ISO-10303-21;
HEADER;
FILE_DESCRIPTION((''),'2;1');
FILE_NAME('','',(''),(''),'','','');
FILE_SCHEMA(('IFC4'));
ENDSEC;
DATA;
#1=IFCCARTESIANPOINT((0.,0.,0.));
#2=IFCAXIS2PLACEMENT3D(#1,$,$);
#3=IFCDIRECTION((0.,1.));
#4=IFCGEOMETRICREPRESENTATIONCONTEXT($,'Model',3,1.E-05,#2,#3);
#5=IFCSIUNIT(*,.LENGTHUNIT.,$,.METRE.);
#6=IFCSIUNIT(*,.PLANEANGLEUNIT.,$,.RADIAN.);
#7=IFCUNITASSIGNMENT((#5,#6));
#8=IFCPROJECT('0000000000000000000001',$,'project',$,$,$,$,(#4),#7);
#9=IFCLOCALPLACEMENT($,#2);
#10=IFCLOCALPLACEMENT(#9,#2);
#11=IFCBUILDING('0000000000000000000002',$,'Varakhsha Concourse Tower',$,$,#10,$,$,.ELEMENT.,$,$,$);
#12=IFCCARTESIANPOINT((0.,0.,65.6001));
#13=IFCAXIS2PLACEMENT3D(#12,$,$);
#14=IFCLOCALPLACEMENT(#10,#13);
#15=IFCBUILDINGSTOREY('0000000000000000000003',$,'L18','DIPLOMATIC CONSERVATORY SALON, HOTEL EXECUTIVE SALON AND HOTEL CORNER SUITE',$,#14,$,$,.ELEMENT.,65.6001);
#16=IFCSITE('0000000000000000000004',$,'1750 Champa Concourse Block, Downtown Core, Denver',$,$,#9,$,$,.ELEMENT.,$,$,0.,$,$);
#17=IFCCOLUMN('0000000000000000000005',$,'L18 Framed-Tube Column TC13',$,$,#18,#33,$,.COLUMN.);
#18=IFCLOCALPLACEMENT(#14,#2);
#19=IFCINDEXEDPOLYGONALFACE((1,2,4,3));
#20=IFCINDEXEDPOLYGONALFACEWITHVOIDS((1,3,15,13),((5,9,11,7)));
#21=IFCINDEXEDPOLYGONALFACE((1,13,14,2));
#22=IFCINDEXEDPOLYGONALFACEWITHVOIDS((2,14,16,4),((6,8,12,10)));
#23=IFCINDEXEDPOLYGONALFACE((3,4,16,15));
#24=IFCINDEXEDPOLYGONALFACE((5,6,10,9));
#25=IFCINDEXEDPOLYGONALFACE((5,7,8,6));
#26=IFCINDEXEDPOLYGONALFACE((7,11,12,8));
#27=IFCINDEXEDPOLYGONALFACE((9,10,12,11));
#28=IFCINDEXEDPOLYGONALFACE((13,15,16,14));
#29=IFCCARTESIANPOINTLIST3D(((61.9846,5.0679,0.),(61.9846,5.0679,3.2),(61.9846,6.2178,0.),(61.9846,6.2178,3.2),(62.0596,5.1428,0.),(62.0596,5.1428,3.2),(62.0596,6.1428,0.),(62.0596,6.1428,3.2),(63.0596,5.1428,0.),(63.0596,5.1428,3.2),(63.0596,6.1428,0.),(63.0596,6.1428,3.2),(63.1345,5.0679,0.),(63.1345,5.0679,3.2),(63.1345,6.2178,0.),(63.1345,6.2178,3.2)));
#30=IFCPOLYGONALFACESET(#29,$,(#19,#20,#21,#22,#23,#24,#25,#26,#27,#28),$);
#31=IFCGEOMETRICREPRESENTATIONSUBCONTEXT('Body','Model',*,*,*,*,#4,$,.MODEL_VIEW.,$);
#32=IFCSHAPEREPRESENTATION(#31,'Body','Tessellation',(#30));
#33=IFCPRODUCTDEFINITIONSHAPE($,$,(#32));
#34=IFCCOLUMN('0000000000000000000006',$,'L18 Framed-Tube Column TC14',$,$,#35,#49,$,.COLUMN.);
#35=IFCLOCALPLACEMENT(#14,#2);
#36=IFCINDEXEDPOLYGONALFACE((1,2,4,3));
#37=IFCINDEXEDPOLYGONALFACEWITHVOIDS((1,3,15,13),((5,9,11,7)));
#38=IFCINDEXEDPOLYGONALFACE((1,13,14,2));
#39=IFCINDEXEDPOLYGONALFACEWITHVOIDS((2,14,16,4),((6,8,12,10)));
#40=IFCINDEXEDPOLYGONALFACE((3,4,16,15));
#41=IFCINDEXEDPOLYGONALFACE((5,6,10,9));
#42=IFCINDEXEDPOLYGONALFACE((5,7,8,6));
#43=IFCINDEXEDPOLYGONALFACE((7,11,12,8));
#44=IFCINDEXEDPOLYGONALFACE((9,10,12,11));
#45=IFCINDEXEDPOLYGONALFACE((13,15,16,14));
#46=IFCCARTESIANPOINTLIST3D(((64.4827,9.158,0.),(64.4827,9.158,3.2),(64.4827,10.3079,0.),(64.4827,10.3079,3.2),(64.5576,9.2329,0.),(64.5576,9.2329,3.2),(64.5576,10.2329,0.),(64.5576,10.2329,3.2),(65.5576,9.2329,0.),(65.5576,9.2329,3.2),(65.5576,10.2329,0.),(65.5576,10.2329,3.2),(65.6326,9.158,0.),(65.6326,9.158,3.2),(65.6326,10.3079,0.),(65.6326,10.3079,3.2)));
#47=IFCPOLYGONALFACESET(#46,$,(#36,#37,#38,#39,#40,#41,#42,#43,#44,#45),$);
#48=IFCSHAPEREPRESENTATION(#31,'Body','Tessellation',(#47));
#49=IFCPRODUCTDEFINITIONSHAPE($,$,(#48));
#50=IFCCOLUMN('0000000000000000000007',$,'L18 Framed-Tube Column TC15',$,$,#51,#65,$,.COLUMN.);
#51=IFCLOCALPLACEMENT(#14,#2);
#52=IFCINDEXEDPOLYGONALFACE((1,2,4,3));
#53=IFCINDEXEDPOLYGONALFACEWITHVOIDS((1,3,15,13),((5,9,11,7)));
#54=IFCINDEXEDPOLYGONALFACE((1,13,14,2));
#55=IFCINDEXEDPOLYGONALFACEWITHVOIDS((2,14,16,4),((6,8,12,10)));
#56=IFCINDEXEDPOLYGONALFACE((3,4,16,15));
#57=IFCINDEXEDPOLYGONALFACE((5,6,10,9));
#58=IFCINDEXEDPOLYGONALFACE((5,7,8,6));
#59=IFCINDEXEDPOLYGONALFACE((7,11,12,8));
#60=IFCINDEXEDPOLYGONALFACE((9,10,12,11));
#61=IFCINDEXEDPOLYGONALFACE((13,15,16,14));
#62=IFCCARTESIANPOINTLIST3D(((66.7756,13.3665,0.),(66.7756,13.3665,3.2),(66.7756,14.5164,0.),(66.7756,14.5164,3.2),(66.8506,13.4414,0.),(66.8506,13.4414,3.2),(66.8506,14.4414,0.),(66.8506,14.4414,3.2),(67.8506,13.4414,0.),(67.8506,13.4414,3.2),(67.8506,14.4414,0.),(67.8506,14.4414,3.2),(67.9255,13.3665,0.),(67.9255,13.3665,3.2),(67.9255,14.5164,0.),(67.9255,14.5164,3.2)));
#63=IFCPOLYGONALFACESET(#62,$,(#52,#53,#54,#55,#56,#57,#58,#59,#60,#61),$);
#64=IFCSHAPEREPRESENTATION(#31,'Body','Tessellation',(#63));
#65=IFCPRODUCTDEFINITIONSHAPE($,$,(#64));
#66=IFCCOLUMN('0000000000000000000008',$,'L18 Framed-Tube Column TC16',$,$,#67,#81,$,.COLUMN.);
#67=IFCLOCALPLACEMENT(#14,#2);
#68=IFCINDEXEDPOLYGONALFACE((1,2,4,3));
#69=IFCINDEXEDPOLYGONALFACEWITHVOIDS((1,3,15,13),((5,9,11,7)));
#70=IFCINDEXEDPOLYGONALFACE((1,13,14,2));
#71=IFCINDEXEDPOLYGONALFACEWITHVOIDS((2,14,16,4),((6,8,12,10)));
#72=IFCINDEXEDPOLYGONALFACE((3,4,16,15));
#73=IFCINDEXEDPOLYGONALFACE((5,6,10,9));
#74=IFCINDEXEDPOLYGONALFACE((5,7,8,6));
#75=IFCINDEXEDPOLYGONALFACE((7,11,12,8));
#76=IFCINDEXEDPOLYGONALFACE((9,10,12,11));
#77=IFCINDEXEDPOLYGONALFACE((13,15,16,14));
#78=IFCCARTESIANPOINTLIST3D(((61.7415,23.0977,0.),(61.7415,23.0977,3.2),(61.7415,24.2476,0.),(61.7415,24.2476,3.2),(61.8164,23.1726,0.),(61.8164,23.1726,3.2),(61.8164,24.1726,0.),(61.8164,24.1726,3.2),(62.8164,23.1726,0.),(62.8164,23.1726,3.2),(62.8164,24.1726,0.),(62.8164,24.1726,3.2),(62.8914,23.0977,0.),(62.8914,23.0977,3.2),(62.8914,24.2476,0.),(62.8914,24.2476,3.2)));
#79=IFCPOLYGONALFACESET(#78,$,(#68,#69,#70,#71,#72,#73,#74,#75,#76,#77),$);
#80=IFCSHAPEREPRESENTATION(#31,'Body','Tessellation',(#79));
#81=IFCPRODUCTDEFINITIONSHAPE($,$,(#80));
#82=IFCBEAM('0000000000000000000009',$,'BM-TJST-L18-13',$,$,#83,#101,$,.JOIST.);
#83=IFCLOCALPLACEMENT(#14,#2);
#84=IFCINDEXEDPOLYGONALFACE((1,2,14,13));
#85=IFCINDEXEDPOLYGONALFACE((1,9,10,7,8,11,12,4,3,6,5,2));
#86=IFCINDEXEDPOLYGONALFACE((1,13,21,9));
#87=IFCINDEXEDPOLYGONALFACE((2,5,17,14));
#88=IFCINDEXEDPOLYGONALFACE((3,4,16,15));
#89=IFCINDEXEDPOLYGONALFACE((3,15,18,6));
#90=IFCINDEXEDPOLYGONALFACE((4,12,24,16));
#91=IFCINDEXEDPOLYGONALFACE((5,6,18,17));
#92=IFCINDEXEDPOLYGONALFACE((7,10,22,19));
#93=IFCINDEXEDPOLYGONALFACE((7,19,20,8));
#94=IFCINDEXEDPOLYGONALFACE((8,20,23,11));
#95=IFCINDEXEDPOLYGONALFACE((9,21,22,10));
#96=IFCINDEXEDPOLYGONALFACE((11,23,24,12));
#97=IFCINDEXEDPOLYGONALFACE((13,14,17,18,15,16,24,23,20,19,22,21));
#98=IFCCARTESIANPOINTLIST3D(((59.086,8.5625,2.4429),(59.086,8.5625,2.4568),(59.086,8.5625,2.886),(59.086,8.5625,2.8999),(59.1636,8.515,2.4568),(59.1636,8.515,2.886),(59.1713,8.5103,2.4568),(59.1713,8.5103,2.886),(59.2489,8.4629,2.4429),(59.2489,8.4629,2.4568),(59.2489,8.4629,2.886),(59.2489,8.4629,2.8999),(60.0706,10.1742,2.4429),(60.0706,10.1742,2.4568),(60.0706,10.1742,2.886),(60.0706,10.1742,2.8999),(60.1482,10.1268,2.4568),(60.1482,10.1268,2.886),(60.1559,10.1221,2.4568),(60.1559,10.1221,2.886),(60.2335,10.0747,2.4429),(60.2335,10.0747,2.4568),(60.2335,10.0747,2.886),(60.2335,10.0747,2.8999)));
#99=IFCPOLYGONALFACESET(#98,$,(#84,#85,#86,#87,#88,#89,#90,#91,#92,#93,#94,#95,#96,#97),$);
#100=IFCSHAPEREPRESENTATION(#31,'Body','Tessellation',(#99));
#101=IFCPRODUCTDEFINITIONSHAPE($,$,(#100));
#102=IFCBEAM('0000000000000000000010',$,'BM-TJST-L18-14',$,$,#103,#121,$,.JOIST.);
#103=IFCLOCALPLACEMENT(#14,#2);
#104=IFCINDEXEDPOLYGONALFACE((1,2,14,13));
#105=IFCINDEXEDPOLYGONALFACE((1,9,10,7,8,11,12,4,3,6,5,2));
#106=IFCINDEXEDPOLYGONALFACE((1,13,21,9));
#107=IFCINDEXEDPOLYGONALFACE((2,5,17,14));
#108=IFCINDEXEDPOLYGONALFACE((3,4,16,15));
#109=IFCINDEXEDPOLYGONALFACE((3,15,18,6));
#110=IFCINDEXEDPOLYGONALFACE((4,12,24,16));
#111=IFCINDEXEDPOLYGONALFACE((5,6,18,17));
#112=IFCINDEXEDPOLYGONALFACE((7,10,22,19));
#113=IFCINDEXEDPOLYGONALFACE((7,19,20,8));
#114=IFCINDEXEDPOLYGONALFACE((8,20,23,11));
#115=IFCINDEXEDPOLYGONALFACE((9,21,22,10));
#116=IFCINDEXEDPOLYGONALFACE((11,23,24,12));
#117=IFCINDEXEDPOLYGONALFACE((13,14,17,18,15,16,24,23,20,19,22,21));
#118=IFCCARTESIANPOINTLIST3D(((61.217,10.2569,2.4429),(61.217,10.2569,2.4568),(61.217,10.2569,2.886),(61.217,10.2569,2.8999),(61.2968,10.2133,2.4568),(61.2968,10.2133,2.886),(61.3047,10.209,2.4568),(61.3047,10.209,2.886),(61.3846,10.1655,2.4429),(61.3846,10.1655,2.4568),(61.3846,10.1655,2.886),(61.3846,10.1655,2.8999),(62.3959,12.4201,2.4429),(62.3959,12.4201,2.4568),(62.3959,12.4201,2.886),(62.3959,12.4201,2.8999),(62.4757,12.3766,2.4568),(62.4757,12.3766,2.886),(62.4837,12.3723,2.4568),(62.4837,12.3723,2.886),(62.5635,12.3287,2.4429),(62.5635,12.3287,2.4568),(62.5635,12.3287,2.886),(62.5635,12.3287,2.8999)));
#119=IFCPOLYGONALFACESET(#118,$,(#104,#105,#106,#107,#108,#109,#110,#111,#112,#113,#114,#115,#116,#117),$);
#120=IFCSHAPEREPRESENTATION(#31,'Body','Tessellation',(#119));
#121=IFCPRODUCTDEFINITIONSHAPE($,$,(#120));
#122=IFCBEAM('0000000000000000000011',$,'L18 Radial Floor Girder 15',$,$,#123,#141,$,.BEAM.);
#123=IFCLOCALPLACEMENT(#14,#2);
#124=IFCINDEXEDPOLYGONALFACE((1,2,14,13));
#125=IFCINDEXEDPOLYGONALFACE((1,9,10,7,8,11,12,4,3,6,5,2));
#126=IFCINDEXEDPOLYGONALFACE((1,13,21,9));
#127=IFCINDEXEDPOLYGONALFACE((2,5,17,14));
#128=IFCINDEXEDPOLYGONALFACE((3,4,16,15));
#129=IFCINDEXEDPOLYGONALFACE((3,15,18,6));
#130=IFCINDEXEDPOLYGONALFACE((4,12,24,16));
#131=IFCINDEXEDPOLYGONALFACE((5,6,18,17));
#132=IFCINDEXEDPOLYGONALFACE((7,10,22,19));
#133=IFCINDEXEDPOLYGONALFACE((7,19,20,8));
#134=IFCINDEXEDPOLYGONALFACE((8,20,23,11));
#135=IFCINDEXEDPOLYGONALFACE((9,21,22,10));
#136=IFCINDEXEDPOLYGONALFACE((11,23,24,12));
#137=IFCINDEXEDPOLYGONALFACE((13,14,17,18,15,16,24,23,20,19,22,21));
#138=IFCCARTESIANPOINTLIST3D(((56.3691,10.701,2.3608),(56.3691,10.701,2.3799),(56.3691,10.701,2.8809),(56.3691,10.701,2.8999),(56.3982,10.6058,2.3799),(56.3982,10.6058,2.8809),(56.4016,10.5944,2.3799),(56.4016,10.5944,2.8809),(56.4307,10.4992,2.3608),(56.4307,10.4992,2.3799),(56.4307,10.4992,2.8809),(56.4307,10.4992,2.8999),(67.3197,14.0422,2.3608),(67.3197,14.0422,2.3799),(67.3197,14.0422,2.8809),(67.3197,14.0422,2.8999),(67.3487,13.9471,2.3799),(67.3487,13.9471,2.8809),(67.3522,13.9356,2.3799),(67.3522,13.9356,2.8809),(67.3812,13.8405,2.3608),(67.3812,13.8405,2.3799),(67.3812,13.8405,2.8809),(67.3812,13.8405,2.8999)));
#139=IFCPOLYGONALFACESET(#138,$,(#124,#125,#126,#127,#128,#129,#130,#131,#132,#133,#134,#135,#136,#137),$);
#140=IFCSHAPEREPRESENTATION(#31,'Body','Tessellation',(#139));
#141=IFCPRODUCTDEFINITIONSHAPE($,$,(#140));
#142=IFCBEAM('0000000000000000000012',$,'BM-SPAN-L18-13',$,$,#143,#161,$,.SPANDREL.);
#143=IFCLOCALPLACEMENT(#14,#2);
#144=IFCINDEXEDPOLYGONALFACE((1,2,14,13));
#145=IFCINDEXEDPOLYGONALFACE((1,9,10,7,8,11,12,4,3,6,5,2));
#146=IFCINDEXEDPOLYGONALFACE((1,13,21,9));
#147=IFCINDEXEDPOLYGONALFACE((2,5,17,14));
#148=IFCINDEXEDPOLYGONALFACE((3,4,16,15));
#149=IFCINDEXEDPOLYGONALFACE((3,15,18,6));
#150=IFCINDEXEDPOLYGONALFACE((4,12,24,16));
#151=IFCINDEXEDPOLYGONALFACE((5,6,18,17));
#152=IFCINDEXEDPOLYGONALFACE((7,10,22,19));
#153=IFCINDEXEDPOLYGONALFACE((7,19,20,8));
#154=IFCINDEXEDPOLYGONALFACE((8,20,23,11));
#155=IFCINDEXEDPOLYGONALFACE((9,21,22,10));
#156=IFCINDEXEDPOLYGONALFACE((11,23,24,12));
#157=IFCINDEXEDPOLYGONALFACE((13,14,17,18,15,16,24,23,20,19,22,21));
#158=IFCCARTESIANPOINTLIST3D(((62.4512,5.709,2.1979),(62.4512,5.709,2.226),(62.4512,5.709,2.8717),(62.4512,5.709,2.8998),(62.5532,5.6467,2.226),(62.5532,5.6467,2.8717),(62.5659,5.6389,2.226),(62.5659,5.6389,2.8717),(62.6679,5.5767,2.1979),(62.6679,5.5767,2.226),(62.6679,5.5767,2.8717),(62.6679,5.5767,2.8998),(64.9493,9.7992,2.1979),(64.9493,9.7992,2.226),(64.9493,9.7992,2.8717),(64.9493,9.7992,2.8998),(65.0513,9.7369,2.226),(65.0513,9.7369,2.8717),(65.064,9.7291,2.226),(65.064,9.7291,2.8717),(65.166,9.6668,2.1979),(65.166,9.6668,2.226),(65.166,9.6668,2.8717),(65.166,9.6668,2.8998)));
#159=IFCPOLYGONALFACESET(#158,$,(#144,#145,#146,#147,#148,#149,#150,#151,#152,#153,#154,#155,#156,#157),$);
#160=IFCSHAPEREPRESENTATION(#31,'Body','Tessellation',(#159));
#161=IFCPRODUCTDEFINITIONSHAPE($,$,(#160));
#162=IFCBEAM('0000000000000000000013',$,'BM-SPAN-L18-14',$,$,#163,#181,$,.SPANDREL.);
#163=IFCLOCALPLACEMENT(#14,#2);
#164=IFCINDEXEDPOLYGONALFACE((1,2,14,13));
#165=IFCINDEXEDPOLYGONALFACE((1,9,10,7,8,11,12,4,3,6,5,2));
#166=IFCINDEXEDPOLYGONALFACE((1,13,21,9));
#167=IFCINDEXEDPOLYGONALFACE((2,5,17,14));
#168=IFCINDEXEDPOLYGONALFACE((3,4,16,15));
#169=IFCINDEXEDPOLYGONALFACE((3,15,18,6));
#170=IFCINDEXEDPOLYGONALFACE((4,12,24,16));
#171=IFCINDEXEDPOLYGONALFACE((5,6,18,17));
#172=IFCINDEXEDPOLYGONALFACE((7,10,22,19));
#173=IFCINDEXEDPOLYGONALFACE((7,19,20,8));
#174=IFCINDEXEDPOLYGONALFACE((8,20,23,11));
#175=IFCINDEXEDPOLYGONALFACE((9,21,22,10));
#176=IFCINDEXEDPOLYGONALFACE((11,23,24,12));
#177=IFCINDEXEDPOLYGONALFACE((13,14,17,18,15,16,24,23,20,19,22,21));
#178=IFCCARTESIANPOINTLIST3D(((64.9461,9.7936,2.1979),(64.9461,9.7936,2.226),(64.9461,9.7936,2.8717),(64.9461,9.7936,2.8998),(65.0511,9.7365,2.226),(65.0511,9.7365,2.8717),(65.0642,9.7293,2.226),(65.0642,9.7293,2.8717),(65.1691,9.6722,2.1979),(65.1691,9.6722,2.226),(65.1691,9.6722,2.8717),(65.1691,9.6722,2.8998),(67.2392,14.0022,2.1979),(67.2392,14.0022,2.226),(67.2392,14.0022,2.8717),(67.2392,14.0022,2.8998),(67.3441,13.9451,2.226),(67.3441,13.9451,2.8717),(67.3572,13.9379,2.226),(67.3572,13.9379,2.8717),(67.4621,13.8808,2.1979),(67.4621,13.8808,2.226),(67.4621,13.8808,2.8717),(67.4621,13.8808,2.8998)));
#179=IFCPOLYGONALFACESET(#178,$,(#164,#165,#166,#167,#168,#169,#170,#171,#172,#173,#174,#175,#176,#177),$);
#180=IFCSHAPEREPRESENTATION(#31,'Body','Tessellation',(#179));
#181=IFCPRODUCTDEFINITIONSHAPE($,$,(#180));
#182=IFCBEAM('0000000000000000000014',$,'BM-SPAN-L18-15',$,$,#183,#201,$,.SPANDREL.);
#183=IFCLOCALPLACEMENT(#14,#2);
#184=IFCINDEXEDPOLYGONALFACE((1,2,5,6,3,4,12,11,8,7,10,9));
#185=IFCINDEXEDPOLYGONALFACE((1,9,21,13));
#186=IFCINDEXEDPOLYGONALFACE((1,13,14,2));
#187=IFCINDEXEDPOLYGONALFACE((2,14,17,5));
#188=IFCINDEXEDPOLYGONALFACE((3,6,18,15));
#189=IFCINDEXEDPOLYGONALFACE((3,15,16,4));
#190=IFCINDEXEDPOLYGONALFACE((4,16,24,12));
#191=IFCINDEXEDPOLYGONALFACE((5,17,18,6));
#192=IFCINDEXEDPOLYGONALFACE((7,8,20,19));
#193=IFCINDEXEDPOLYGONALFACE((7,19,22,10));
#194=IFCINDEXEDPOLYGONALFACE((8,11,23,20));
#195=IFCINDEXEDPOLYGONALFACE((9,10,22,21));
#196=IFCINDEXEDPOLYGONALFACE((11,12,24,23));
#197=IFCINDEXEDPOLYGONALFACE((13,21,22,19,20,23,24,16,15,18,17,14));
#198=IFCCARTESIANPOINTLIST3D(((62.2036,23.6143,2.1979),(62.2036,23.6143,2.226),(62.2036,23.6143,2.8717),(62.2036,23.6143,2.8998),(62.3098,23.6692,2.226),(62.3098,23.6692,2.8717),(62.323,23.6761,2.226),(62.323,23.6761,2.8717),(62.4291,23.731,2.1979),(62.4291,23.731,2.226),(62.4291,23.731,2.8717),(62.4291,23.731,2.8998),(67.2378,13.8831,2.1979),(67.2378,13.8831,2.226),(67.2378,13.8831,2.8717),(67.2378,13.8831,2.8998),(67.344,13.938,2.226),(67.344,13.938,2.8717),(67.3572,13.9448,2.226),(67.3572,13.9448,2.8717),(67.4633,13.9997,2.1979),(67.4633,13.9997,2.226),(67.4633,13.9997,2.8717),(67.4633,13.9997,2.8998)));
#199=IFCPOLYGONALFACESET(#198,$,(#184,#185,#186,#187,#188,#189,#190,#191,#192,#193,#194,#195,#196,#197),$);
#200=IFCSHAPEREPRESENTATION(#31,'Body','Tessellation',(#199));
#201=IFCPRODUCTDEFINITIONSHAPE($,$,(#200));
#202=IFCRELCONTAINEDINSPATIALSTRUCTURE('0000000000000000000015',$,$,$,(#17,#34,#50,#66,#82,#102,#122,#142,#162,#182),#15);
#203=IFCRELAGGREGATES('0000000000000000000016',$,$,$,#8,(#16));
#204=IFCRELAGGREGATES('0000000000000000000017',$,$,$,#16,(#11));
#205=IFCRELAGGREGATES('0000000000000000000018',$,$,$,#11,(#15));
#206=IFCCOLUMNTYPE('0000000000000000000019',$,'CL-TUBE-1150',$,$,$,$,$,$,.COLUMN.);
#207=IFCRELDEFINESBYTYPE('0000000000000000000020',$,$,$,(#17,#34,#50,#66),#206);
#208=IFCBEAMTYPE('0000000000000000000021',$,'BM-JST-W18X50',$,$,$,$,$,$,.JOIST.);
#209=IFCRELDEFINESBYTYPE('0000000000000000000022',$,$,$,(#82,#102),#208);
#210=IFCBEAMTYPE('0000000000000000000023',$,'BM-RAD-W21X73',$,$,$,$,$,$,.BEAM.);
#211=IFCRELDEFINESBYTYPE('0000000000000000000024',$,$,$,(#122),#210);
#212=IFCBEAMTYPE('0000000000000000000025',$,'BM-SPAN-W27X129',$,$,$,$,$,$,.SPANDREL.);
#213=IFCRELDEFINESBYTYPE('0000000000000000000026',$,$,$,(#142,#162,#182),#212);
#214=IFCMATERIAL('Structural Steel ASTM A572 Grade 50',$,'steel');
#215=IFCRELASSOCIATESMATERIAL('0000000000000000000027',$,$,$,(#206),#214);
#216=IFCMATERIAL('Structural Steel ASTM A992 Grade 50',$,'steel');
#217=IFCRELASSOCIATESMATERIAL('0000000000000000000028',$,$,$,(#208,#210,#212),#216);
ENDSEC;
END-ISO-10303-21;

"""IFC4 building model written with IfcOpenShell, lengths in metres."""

from ifc_helpers import new_model, si_unit, direction, frame, origin, origin_2d, place, context, subcontext, project, spatial, hollow_rectangle, i_section, extrude, material, material_profile, profile_set, type_object, element, save


model = new_model("IFC4")

# Units and contexts
model_context = context("Model", 3, precision=1e-05, world=origin(), true_north=direction((0.0, 1.0)))
body_context = subcontext(model_context, "Body", "Model", "MODEL_VIEW")
ifc_project = project(units=[si_unit("LENGTHUNIT", "METRE"), si_unit("PLANEANGLEUNIT", "RADIAN")], contexts=[model_context])

# Site, building, storey
site_placement = place(None, origin())
site = spatial("IfcSite", under=ifc_project, at=site_placement, Name="1750 Champa Concourse Block, Downtown Core, Denver", CompositionType="ELEMENT", RefElevation=0.0)
building_placement = place(site_placement, origin())
building = spatial("IfcBuilding", under=site, at=building_placement, Name="Varakhsha Concourse Tower", CompositionType="ELEMENT")
storey_placement = place(building_placement, frame((0.0, 0.0, 65.6001)))
storey = spatial("IfcBuildingStorey", under=building, at=storey_placement, Name="L18", Description="DIPLOMATIC CONSERVATORY SALON, HOTEL EXECUTIVE SALON AND HOTEL CORNER SUITE", CompositionType="ELEMENT", Elevation=65.6001)

# Columns
ifc_material_1 = material(Name="Structural Steel ASTM A572 Grade 50", Category="steel")
ifc_material_profile_1 = material_profile(ifc_material_1, hollow_rectangle(XDim=1.1499, YDim=1.1499, WallThickness=0.075, at=origin_2d()), Name="BOX 1150x1150x75")
ifc_profile_set_1 = profile_set([ifc_material_profile_1], Name="Structural Steel ASTM A572 Grade 50")
column_type = type_object("IfcColumnType", Name="CL-TUBE-1150", PredefinedType="COLUMN", material=ifc_profile_set_1)
for number, where, z_axis, x_axis, name in (
    (1, (62.5596, 5.6428, 0.0), (0.0, 0.0, 1.0), (1.0, 0.0, 0.0), "L18 Framed-Tube Column TC13"),
    (2, (65.0576, 9.7329, 0.0), (0.0, 0.0, 1.0), (1.0, 0.0, 0.0), "L18 Framed-Tube Column TC14"),
    (3, (67.3506, 13.9414, 0.0), (0.0, 0.0, 1.0), (1.0, 0.0, 0.0), "L18 Framed-Tube Column TC15"),
    (4, (62.3164, 23.6726, 0.0), (0.0, 0.0, 1.0), (1.0, 0.0, 0.0), "L18 Framed-Tube Column TC16"),
):
    element("IfcColumn", number, at=place(storey_placement, frame(where, z_axis=z_axis, x_axis=x_axis)), inside=storey, type_object=column_type, Name=name, PredefinedType="COLUMN", context=body_context, shape_type="SweptSolid", body=[
        extrude(hollow_rectangle(XDim=1.1499, YDim=1.1499, WallThickness=0.075, at=origin_2d()), origin(), (0.0, 0.0, 1.0), 3.2),
    ])

# Beams
ifc_material_2 = material(Name="Structural Steel ASTM A992 Grade 50", Category="steel")
ifc_material_profile_2 = material_profile(ifc_material_2, i_section(OverallWidth=0.1909, OverallDepth=0.457, WebThickness=0.009, FlangeThickness=0.0139, at=origin_2d()), Name="W18X50")
ifc_profile_set_2 = profile_set([ifc_material_profile_2], Name="Structural Steel ASTM A992 Grade 50")
beam_type_1 = type_object("IfcBeamType", Name="BM-JST-W18X50", PredefinedType="JOIST", material=ifc_profile_set_2)
beam_1_placement = place(storey_placement, frame((59.1675, 8.5127, 2.6714), z_axis=(0.521304, 0.853371, 0.0), x_axis=(-0.853371, 0.521304, 0.0)))
element("IfcBeam", 5, at=beam_1_placement, inside=storey, type_object=beam_type_1, Name="BM-TJST-L18-13", PredefinedType="JOIST", context=body_context, shape_type="SweptSolid", body=[
    extrude(i_section(OverallWidth=0.1909, OverallDepth=0.457, WebThickness=0.009, FlangeThickness=0.0139, at=origin_2d()), origin(), (0.0, 0.0, 1.0), 1.8887),
])
beam_2_placement = place(storey_placement, frame((61.3008, 10.2112, 2.6714), z_axis=(0.478526, 0.878074, 0.0), x_axis=(-0.878074, 0.478526, 0.0)))
element("IfcBeam", 6, at=beam_2_placement, inside=storey, type_object=beam_type_1, Name="BM-TJST-L18-14", PredefinedType="JOIST", context=body_context, shape_type="SweptSolid", body=[
    extrude(i_section(OverallWidth=0.1909, OverallDepth=0.457, WebThickness=0.009, FlangeThickness=0.0139, at=origin_2d()), origin(), (0.0, 0.0, 1.0), 2.4636),
])
ifc_material_profile_3 = material_profile(ifc_material_2, i_section(OverallWidth=0.2109, OverallDepth=0.5391, WebThickness=0.012, FlangeThickness=0.019, at=origin_2d()), Name="W21X73")
ifc_profile_set_3 = profile_set([ifc_material_profile_3], Name="Structural Steel ASTM A992 Grade 50")
beam_type_2 = type_object("IfcBeamType", Name="BM-RAD-W21X73", PredefinedType="BEAM", material=ifc_profile_set_3)
beam_3_placement = place(storey_placement, frame((56.3999, 10.6001, 2.6304), z_axis=(0.956467, 0.29184, 0.0), x_axis=(-0.29184, 0.956467, 0.0)))
element("IfcBeam", 7, at=beam_3_placement, inside=storey, type_object=beam_type_2, Name="L18 Radial Floor Girder 15", PredefinedType="BEAM", context=body_context, shape_type="SweptSolid", body=[
    extrude(i_section(OverallWidth=0.2109, OverallDepth=0.5391, WebThickness=0.012, FlangeThickness=0.019, at=origin_2d()), origin(), (0.0, 0.0, 1.0), 11.449),
])
ifc_material_profile_4 = material_profile(ifc_material_2, i_section(OverallWidth=0.2539, OverallDepth=0.7019, WebThickness=0.0149, FlangeThickness=0.0281, at=origin_2d()), Name="W27X129")
ifc_profile_set_4 = profile_set([ifc_material_profile_4], Name="Structural Steel ASTM A992 Grade 50")
beam_type_3 = type_object("IfcBeamType", Name="BM-SPAN-W27X129", PredefinedType="SPANDREL", material=ifc_profile_set_4)
for number, where, z_axis, x_axis, name in (
    (8, (62.5596, 5.6428, 2.5488), (0.52123, 0.853417, 0.0), (-0.853417, 0.52123, 0.0), "BM-SPAN-L18-13"),
    (9, (65.0576, 9.7329, 2.5488), (0.478438, 0.878121, 0.0), (-0.878121, 0.478438, 0.0), "BM-SPAN-L18-14"),
):
    element("IfcBeam", number, at=place(storey_placement, frame(where, z_axis=z_axis, x_axis=x_axis)), inside=storey, type_object=beam_type_3, Name=name, PredefinedType="SPANDREL", context=body_context, shape_type="SweptSolid", body=[
        extrude(i_section(OverallWidth=0.2539, OverallDepth=0.7019, WebThickness=0.0149, FlangeThickness=0.0281, at=origin_2d()), origin(), (0.0, 0.0, 1.0), 4.7927),
    ])
beam_4_placement = place(storey_placement, frame((67.3506, 13.9414, 2.5488), z_axis=(-0.459481, 0.888188, 0.0), x_axis=(-0.888188, -0.459481, 0.0)))
element("IfcBeam", 10, at=beam_4_placement, inside=storey, type_object=beam_type_3, Name="BM-SPAN-L18-15", PredefinedType="SPANDREL", context=body_context, shape_type="SweptSolid", body=[
    extrude(i_section(OverallWidth=0.2539, OverallDepth=0.7019, WebThickness=0.0149, FlangeThickness=0.0281, at=origin_2d()), origin(), (0.0, 0.0, 1.0), 10.9563),
])

save(model, "model.ifc")
